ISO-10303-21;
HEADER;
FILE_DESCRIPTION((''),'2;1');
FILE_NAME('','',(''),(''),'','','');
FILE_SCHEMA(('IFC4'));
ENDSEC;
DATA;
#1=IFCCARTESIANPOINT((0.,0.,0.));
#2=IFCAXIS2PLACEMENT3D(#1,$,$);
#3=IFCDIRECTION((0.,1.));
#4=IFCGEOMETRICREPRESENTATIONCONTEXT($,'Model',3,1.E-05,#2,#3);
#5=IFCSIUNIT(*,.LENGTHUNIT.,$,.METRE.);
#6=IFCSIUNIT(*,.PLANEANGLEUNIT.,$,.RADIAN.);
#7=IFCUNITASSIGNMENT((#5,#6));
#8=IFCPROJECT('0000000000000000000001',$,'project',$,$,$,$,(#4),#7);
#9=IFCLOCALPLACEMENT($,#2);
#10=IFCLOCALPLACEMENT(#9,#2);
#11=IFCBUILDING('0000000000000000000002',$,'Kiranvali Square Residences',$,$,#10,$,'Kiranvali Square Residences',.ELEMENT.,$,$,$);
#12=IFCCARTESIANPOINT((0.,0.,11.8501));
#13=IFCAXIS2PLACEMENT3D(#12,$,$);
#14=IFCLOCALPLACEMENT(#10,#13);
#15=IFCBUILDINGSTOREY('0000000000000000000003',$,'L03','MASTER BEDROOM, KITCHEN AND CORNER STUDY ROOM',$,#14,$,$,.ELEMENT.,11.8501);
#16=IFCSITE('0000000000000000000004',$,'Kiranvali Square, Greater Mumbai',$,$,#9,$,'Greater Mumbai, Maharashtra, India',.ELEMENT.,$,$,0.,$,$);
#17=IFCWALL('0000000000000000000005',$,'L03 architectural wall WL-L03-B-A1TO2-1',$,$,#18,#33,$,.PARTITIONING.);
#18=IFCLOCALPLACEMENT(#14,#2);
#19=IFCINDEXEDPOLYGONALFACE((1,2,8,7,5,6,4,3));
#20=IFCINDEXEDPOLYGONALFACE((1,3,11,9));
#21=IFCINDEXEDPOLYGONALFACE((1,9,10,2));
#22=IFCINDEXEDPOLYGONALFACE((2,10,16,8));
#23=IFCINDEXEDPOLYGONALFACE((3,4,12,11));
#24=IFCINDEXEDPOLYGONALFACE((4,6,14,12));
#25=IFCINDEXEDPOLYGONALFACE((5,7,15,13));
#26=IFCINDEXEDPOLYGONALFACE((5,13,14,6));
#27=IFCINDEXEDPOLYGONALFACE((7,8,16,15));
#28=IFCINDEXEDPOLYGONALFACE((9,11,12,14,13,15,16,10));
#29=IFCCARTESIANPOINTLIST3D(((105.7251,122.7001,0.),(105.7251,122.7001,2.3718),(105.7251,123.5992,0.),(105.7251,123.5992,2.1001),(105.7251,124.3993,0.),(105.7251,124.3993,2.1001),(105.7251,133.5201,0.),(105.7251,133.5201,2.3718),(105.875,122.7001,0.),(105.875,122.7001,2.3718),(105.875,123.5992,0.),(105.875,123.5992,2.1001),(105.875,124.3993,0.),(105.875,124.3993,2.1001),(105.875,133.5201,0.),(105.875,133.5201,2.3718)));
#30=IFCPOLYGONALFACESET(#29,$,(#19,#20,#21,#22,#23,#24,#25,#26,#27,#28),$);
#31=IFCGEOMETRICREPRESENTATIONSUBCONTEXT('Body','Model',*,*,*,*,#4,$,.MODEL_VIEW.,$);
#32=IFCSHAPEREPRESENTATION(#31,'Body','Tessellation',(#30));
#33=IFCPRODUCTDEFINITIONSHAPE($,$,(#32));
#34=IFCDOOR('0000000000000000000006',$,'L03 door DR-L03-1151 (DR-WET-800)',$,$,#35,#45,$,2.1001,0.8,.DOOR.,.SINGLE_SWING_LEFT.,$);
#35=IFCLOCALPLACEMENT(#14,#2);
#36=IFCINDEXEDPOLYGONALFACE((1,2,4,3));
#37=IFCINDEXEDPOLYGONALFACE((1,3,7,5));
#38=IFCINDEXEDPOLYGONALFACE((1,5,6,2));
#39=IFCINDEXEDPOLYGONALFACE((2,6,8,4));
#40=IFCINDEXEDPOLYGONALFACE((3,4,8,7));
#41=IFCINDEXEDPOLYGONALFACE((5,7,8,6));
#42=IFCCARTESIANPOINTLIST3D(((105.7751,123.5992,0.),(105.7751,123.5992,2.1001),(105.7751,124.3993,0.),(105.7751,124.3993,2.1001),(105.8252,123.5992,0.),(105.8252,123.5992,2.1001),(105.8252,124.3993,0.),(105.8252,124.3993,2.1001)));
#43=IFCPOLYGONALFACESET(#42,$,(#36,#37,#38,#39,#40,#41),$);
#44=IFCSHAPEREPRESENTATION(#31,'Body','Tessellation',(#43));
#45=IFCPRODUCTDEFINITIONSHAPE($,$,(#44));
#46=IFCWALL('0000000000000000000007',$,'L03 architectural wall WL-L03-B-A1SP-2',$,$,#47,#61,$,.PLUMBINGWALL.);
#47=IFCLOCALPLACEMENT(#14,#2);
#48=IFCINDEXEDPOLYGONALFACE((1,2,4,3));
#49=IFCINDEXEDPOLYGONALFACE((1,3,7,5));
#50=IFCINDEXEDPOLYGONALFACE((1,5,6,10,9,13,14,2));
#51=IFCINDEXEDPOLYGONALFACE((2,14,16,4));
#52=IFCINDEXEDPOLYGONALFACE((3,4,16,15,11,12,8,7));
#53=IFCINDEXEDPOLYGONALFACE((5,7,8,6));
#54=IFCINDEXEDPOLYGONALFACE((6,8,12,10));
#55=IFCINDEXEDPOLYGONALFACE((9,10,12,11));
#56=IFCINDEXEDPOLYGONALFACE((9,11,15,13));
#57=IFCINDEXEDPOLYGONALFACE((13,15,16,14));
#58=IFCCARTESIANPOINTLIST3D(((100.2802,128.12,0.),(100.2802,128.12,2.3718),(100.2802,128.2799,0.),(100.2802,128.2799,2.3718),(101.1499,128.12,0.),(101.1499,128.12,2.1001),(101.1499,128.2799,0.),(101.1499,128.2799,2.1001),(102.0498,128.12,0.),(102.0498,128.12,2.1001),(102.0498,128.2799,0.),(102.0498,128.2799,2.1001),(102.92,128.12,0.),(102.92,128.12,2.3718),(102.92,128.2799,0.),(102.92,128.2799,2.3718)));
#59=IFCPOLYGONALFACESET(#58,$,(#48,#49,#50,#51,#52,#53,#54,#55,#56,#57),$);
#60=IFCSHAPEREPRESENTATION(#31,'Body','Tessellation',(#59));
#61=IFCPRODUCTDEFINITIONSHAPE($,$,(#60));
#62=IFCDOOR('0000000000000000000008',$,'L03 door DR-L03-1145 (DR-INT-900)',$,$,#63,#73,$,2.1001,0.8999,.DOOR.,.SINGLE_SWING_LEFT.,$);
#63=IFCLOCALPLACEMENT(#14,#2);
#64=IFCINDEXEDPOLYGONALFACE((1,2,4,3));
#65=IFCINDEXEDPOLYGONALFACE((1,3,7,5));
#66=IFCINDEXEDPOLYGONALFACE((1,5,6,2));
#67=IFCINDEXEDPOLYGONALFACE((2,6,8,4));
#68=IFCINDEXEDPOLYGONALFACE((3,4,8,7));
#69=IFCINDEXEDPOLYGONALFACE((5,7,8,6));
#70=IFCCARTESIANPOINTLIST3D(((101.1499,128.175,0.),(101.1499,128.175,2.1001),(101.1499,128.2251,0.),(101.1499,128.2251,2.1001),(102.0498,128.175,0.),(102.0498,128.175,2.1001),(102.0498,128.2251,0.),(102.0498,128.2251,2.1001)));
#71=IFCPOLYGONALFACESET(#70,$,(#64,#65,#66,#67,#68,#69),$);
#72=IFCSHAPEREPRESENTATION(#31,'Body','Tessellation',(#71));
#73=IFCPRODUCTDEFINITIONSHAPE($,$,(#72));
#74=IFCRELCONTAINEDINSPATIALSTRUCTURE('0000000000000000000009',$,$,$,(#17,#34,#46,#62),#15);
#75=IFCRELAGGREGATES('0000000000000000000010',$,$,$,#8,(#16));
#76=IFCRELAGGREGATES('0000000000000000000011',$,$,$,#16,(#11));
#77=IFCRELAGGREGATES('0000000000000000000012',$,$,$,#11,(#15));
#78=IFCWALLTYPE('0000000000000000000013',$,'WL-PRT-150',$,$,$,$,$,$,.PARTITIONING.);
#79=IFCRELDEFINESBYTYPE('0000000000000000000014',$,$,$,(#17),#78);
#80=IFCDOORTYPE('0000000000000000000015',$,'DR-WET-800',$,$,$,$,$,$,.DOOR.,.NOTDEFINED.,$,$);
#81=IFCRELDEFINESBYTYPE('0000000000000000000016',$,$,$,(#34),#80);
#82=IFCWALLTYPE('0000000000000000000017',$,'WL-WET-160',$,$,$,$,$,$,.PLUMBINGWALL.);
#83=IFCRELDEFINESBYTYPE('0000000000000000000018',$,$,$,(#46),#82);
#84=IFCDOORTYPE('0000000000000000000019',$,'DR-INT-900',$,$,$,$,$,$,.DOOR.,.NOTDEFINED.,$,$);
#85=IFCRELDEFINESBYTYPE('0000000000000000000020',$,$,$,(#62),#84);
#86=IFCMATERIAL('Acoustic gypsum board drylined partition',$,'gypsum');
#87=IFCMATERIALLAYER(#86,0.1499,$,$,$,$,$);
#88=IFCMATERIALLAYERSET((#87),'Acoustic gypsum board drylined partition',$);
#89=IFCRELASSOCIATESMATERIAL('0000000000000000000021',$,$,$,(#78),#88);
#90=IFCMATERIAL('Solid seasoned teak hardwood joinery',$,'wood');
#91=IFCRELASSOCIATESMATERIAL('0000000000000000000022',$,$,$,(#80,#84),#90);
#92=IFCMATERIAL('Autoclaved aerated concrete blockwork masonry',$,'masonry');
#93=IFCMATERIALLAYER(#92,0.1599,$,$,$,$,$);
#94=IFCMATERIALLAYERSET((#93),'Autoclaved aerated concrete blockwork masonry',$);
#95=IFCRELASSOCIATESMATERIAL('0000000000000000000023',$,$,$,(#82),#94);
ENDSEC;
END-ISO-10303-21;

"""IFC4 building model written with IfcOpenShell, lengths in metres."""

from ifc_helpers import new_model, si_unit, direction, frame, frame_2d, origin, place, context, subcontext, project, spatial, rectangle, extrude, material, layer, layer_set, type_object, element, fill, save


model = new_model("IFC4")

# Units and contexts
model_context = context("Model", 3, precision=1e-05, world=origin(), true_north=direction((0.0, 1.0)))
body_context = subcontext(model_context, "Body", "Model", "MODEL_VIEW")
ifc_project = project(units=[si_unit("LENGTHUNIT", "METRE"), si_unit("PLANEANGLEUNIT", "RADIAN")], contexts=[model_context])

# Site, building, storey
site_placement = place(None, origin())
site = spatial("IfcSite", under=ifc_project, at=site_placement, Name="Kiranvali Square, Greater Mumbai", LongName="Greater Mumbai, Maharashtra, India", CompositionType="ELEMENT", RefElevation=0.0)
building_placement = place(site_placement, origin())
building = spatial("IfcBuilding", under=site, at=building_placement, Name="Kiranvali Square Residences", LongName="Kiranvali Square Residences", CompositionType="ELEMENT")
storey_placement = place(building_placement, frame((0.0, 0.0, 11.8501)))
storey = spatial("IfcBuildingStorey", under=building, at=storey_placement, Name="L03", Description="MASTER BEDROOM, KITCHEN AND CORNER STUDY ROOM", CompositionType="ELEMENT", Elevation=11.8501)

# Shared definitions
ifc_material_1 = material(Name="Autoclaved aerated concrete blockwork masonry", Category="masonry")

# Walls, openings, doors
ifc_material_2 = material(Name="Acoustic gypsum board drylined partition", Category="gypsum")
ifc_layer_1 = layer(ifc_material_2, 0.1499)
ifc_layer_set_1 = layer_set([ifc_layer_1], Name="Acoustic gypsum board drylined partition")
wall_type_1 = type_object("IfcWallType", Name="WL-PRT-150", PredefinedType="PARTITIONING", material=ifc_layer_set_1)
wall_1_placement = place(storey_placement, frame((105.8, 122.7, 0.0), z_axis=(0.0, 0.0, 1.0), x_axis=(0.0, 1.0, 0.0)))
wall_1 = element("IfcWall", 1, at=wall_1_placement, inside=storey, type_object=wall_type_1, Name="L03 architectural wall WL-L03-B-A1TO2-1", PredefinedType="PARTITIONING", context=body_context, shape_type="SweptSolid", body=[
    extrude(rectangle(XDim=10.8201, YDim=0.1499, at=frame_2d((5.4102, 0.0))), origin(), (0.0, 0.0, 1.0), 2.3718),
])
opening_1_placement = place(wall_1_placement, frame((0.8994, 0.0, 0.0)))
opening_1 = element("IfcOpeningElement", 2, at=opening_1_placement, cuts=wall_1, PredefinedType="OPENING", context=body_context, shape_type="SweptSolid", body=[
    extrude(rectangle(XDim=0.8, YDim=2.1001, at=frame_2d((0.3999, 1.05))), frame((0.0, 0.085, 0.0), z_axis=(0.0, -1.0, 0.0), x_axis=(1.0, 0.0, 0.0)), (0.0, 0.0, 1.0), 0.1699),
])
ifc_material_3 = material(Name="Solid seasoned teak hardwood joinery", Category="wood")
door_type_1 = type_object("IfcDoorType", Name="DR-WET-800", OperationType="NOTDEFINED", PredefinedType="DOOR", material=ifc_material_3)
door_1_placement = place(opening_1_placement, origin())
door_1 = element("IfcDoor", 3, at=door_1_placement, inside=storey, type_object=door_type_1, Name="L03 door DR-L03-1151 (DR-WET-800)", OperationType="SINGLE_SWING_LEFT", OverallHeight=2.1001, OverallWidth=0.8, PredefinedType="DOOR", context=body_context, shape_type="SweptSolid", body=[
    extrude(rectangle(XDim=0.8, YDim=2.1001, at=frame_2d((0.3999, 1.05))), frame((0.0, 0.0249, 0.0), z_axis=(0.0, -1.0, 0.0), x_axis=(1.0, 0.0, 0.0)), (0.0, 0.0, 1.0), 0.05),
])
fill(opening_1, door_1)
ifc_layer_2 = layer(ifc_material_1, 0.1599)
ifc_layer_set_2 = layer_set([ifc_layer_2], Name="Autoclaved aerated concrete blockwork masonry")
wall_type_2 = type_object("IfcWallType", Name="WL-WET-160", PredefinedType="PLUMBINGWALL", material=ifc_layer_set_2)
wall_2_placement = place(storey_placement, frame((102.9199, 128.2, 0.0), z_axis=(0.0, 0.0, 1.0), x_axis=(-1.0, 0.0, 0.0)))
wall_2 = element("IfcWall", 4, at=wall_2_placement, inside=storey, type_object=wall_type_2, Name="L03 architectural wall WL-L03-B-A1SP-2", PredefinedType="PLUMBINGWALL", context=body_context, shape_type="SweptSolid", body=[
    extrude(rectangle(XDim=2.6399, YDim=0.1599, at=frame_2d((1.3198, 0.0))), origin(), (0.0, 0.0, 1.0), 2.3718),
])
opening_2_placement = place(wall_2_placement, frame((0.8701, 0.0, 0.0)))
opening_2 = element("IfcOpeningElement", 5, at=opening_2_placement, cuts=wall_2, PredefinedType="OPENING", context=body_context, shape_type="SweptSolid", body=[
    extrude(rectangle(XDim=0.8999, YDim=2.1001, at=frame_2d((0.45, 1.05))), frame((0.0, 0.0898, 0.0), z_axis=(0.0, -1.0, 0.0), x_axis=(1.0, 0.0, 0.0)), (0.0, 0.0, 1.0), 0.1799),
])
door_type_2 = type_object("IfcDoorType", Name="DR-INT-900", OperationType="NOTDEFINED", PredefinedType="DOOR", material=ifc_material_3)
door_2_placement = place(opening_2_placement, origin())
door_2 = element("IfcDoor", 6, at=door_2_placement, inside=storey, type_object=door_type_2, Name="L03 door DR-L03-1145 (DR-INT-900)", OperationType="SINGLE_SWING_LEFT", OverallHeight=2.1001, OverallWidth=0.8999, PredefinedType="DOOR", context=body_context, shape_type="SweptSolid", body=[
    extrude(rectangle(XDim=0.8999, YDim=2.1001, at=frame_2d((0.45, 1.05))), frame((0.0, 0.0249, 0.0), z_axis=(0.0, -1.0, 0.0), x_axis=(1.0, 0.0, 0.0)), (0.0, 0.0, 1.0), 0.05),
])
fill(opening_2, door_2)

save(model, "model.ifc")
